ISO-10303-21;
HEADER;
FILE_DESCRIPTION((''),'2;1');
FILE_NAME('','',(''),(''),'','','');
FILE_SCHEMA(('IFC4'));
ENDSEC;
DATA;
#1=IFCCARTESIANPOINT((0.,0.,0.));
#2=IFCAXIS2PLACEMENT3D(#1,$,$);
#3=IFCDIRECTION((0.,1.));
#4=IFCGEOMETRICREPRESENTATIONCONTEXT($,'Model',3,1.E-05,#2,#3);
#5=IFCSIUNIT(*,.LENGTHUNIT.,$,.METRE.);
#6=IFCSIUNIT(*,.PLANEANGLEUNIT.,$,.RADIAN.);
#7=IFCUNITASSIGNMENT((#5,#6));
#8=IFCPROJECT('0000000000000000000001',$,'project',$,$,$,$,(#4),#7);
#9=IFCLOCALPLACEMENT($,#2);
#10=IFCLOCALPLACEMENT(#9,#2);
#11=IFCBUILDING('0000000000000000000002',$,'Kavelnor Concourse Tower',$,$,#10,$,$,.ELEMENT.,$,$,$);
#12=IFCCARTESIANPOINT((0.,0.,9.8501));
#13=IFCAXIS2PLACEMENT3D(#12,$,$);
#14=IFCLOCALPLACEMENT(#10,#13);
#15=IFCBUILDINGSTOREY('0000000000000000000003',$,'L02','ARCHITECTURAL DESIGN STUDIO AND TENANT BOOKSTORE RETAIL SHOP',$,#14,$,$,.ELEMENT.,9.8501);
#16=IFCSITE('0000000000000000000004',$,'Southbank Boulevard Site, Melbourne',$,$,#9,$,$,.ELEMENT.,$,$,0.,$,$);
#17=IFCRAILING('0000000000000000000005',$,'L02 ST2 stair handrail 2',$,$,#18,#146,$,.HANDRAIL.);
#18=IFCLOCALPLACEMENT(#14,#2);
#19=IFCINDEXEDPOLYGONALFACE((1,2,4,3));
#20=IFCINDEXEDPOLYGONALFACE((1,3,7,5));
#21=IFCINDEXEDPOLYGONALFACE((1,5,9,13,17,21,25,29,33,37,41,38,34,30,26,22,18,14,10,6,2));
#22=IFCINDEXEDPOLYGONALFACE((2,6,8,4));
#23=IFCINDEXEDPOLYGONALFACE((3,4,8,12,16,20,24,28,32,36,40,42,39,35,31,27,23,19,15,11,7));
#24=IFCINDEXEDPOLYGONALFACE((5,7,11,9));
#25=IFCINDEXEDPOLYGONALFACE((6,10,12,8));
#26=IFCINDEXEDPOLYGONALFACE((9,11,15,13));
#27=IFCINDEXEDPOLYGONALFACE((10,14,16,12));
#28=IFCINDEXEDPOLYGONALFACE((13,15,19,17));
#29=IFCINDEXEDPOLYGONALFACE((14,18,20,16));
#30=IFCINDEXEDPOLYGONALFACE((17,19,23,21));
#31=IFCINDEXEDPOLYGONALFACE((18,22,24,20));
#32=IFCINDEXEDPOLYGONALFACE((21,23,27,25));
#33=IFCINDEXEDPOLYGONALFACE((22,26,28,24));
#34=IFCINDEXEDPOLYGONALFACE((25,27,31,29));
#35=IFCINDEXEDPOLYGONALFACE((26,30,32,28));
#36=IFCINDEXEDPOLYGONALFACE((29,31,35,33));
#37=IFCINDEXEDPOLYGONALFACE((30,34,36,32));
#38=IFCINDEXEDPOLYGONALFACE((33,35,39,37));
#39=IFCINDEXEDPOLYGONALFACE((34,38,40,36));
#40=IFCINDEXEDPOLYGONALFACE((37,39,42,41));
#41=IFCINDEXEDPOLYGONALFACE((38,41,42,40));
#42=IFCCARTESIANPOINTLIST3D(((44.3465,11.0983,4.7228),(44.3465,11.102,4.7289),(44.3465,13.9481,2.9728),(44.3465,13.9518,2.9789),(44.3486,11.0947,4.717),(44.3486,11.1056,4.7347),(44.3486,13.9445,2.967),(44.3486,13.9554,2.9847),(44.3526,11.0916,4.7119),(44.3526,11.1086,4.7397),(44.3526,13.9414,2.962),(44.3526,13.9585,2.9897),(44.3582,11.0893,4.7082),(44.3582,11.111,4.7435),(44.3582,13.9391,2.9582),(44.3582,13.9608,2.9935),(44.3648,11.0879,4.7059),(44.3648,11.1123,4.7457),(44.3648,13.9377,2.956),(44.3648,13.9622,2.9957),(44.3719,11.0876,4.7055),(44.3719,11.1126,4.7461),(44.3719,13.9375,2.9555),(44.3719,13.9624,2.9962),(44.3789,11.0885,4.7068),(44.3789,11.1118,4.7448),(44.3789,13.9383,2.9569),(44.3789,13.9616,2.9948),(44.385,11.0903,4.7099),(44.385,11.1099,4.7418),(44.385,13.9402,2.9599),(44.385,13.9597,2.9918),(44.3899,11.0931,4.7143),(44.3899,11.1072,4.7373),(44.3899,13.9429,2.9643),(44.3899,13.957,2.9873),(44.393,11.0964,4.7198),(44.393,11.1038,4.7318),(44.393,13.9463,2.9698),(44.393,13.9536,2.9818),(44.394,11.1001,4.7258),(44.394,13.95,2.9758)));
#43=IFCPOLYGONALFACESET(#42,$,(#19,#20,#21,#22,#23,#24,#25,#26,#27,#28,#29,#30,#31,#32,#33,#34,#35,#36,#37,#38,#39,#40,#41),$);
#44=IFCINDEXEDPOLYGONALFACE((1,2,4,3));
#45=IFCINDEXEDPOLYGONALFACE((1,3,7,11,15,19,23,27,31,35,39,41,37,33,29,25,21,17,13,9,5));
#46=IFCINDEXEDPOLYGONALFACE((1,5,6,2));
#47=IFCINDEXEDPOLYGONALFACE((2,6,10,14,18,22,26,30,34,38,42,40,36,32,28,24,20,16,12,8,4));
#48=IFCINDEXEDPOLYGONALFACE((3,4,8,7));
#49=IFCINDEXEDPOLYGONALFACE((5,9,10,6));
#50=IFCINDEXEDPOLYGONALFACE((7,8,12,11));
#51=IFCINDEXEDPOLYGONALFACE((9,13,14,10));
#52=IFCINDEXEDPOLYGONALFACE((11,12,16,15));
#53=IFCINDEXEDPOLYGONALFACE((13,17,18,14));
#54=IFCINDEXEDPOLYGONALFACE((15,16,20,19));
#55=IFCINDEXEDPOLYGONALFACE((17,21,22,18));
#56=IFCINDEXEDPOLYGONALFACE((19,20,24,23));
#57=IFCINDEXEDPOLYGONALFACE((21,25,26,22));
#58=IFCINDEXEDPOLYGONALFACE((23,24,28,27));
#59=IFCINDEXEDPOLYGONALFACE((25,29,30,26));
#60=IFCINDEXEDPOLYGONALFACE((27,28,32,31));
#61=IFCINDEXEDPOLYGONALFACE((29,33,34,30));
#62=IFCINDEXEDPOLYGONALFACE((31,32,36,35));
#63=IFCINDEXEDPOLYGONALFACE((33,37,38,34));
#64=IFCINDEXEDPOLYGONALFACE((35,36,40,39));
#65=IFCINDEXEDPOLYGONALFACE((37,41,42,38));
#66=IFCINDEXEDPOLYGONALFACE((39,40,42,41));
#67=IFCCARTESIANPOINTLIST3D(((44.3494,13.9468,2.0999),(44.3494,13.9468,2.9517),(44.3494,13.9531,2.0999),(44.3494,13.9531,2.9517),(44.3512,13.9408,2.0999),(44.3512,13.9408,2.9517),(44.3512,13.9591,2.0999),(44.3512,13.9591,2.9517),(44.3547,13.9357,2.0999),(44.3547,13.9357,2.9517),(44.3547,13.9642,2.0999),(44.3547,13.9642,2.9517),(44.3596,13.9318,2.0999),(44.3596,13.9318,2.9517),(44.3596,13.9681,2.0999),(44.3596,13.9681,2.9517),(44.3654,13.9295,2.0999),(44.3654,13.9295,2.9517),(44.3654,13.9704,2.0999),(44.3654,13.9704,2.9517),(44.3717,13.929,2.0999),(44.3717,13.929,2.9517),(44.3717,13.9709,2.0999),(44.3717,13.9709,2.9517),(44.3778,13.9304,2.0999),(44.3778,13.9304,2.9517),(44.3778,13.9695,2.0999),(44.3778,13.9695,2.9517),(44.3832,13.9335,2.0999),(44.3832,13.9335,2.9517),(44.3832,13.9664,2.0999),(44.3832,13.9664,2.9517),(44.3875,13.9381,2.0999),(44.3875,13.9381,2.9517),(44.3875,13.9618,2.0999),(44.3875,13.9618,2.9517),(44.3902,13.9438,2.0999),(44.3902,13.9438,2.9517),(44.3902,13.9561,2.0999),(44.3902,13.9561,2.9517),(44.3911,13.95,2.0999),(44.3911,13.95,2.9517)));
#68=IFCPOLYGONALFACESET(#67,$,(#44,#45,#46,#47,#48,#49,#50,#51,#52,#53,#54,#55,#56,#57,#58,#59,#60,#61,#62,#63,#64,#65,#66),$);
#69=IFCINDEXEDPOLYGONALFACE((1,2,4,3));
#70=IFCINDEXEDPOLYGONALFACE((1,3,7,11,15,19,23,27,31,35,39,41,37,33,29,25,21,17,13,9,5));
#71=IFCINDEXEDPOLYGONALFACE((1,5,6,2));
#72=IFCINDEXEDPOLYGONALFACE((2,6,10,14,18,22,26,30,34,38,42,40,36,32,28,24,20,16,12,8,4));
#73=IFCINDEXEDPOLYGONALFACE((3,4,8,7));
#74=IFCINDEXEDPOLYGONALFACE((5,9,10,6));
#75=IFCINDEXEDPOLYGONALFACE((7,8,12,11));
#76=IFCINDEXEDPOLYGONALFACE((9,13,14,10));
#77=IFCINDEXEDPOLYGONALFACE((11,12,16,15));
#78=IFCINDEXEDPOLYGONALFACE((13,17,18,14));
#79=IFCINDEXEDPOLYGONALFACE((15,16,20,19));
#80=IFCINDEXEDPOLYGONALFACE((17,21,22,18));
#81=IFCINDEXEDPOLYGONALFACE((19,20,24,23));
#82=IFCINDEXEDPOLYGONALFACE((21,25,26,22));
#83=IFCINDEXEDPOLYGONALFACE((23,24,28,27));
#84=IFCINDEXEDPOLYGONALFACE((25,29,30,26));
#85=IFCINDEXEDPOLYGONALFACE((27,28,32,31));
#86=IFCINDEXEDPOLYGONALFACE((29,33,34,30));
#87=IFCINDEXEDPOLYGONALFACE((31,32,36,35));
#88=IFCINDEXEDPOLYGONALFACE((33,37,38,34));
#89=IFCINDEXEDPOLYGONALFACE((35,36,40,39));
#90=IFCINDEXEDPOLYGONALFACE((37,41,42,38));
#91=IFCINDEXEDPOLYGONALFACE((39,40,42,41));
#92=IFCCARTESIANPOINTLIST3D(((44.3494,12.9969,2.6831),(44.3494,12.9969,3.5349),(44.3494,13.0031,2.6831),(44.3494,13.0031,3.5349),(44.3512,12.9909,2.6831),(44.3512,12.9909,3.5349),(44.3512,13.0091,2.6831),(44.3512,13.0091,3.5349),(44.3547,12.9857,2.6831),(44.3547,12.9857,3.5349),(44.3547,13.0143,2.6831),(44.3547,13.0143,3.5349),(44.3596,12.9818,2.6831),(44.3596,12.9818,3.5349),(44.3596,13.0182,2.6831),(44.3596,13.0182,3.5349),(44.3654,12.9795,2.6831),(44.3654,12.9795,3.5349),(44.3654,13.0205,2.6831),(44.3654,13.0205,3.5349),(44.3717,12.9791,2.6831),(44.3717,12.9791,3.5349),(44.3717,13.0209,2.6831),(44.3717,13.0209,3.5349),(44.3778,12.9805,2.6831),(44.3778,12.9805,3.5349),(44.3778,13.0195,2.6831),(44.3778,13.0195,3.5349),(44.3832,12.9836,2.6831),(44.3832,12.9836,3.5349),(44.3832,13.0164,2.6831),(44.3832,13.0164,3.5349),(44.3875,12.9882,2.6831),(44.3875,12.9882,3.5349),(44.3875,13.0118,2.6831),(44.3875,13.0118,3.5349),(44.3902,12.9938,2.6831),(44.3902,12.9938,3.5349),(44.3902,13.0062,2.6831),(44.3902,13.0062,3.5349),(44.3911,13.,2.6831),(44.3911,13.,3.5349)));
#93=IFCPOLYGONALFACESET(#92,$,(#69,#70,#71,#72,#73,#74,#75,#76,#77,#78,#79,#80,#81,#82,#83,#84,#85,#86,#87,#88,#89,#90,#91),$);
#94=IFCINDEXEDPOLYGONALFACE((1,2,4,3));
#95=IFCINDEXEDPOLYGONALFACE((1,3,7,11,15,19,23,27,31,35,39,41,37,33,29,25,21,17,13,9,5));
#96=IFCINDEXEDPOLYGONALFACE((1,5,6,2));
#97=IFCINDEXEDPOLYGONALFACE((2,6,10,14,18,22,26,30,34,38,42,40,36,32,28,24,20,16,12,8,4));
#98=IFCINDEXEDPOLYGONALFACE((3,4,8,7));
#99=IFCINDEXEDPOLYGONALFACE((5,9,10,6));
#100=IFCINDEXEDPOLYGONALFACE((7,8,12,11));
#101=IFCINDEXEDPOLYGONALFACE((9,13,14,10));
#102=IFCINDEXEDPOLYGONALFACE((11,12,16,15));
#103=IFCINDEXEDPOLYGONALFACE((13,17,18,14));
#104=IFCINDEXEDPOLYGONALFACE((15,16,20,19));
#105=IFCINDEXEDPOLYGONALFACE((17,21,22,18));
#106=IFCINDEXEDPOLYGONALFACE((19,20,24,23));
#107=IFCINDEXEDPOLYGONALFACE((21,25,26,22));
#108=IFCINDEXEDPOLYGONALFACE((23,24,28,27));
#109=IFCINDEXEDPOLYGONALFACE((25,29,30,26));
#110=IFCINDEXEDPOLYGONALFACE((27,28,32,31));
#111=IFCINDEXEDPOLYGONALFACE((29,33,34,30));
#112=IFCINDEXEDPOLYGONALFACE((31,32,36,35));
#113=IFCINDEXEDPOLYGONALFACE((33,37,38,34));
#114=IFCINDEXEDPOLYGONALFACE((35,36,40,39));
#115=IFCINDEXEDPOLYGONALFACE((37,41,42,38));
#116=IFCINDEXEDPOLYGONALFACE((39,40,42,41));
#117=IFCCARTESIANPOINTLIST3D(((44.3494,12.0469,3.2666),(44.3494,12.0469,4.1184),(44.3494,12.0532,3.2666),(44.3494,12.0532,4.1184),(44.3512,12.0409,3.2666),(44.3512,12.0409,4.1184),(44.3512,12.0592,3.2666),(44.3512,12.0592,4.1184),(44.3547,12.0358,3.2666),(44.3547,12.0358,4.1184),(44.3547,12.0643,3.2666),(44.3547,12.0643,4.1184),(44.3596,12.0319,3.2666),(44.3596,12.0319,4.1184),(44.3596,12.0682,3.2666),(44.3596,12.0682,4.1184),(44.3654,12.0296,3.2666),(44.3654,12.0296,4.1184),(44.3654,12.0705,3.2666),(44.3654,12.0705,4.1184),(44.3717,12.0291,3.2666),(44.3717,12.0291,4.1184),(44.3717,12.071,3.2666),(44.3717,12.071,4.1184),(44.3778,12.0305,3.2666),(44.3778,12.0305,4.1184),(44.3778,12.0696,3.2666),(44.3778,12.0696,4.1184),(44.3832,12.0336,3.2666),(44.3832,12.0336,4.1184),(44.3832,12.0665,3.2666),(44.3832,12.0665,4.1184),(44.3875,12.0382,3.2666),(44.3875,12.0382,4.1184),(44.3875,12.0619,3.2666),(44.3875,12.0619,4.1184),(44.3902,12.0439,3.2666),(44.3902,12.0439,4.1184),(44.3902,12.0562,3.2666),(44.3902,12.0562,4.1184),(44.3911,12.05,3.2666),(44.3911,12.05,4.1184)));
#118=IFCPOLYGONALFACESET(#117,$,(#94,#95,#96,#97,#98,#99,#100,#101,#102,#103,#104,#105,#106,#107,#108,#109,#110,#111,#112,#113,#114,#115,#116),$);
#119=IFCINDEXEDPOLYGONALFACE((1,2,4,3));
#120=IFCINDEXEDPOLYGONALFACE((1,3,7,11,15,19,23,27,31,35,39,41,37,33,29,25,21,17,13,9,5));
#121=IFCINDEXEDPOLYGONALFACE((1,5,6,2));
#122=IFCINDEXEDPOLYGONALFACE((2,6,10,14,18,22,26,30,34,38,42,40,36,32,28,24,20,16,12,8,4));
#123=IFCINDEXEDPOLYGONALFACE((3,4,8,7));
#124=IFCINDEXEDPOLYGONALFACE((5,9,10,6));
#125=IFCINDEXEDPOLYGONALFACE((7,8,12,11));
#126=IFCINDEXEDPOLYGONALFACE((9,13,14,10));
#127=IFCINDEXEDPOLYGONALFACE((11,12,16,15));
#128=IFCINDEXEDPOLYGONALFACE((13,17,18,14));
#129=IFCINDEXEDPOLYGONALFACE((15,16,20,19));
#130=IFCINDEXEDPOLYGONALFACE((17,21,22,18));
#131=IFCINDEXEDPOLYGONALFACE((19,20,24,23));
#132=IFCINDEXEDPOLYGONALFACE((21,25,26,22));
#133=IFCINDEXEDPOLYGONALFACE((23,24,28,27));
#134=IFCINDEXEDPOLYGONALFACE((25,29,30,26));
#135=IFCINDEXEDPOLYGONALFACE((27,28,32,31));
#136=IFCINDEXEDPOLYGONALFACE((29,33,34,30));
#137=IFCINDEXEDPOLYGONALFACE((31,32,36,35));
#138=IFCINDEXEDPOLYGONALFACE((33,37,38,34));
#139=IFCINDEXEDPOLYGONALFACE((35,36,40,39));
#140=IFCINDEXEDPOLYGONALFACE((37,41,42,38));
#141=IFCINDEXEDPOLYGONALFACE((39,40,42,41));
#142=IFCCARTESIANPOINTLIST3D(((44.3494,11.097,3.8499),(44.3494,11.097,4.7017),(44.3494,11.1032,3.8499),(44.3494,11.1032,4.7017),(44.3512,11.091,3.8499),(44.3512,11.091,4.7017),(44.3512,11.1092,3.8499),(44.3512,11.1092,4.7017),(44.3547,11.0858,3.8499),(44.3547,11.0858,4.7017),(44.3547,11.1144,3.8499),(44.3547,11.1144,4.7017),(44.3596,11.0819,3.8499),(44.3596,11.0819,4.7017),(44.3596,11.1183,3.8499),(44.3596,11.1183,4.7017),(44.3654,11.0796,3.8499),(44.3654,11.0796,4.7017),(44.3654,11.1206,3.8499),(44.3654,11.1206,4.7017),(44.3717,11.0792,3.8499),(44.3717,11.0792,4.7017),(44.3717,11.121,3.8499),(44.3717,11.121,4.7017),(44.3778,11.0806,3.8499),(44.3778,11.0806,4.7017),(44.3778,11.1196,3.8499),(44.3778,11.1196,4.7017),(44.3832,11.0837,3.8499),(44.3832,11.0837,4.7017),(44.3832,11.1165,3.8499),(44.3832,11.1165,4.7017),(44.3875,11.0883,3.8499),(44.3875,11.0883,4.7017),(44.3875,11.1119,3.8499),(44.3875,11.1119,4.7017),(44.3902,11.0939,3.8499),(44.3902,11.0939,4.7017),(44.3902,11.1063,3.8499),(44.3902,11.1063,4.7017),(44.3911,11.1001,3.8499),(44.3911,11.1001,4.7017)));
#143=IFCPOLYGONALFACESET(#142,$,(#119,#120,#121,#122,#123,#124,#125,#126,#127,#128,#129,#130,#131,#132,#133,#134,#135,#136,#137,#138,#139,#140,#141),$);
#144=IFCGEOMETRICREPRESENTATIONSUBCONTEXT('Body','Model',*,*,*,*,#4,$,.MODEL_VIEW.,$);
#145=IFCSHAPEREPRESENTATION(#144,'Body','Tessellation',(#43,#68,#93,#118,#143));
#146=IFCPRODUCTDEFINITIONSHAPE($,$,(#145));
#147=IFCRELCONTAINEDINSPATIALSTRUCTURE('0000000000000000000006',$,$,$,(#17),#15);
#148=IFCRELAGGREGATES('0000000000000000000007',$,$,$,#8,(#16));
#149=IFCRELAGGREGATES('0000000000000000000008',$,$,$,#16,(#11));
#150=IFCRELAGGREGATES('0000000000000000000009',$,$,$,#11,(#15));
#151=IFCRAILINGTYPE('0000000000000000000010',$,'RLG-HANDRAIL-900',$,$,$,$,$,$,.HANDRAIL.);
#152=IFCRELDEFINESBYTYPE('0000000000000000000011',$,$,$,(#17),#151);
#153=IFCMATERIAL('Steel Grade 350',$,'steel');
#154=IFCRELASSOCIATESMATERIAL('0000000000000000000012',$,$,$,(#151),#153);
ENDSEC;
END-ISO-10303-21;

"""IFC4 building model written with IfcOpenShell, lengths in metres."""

from ifc_helpers import new_model, si_unit, direction, frame, origin, origin_2d, place, context, subcontext, project, spatial, circle, extrude, material, type_object, element, save


model = new_model("IFC4")

# Units and contexts
model_context = context("Model", 3, precision=1e-05, world=origin(), true_north=direction((0.0, 1.0)))
body_context = subcontext(model_context, "Body", "Model", "MODEL_VIEW")
ifc_project = project(units=[si_unit("LENGTHUNIT", "METRE"), si_unit("PLANEANGLEUNIT", "RADIAN")], contexts=[model_context])

# Site, building, storey
site_placement = place(None, origin())
site = spatial("IfcSite", under=ifc_project, at=site_placement, Name="Southbank Boulevard Site, Melbourne", CompositionType="ELEMENT", RefElevation=0.0)
building_placement = place(site_placement, origin())
building = spatial("IfcBuilding", under=site, at=building_placement, Name="Kavelnor Concourse Tower", CompositionType="ELEMENT")
storey_placement = place(building_placement, frame((0.0, 0.0, 9.8501)))
storey = spatial("IfcBuildingStorey", under=building, at=storey_placement, Name="L02", Description="ARCHITECTURAL DESIGN STUDIO AND TENANT BOOKSTORE RETAIL SHOP", CompositionType="ELEMENT", Elevation=9.8501)

# Shared definitions
ifc_material_1 = material(Name="Steel Grade 350", Category="steel")

# Railing
railing_type_1 = type_object("IfcRailingType", Name="RLG-HANDRAIL-900", PredefinedType="HANDRAIL", material=ifc_material_1)
railing_1_placement = place(storey_placement, frame((44.3701, 13.95, 2.0999)))
element("IfcRailing", 1, at=railing_1_placement, inside=storey, type_object=railing_type_1, Name="L02 ST2 stair handrail 2", PredefinedType="HANDRAIL", context=body_context, shape_type="SweptSolid", body=[
    extrude(circle(Radius=0.0239, at=origin_2d()), frame((0.0, 0.0, 0.876), z_axis=(0.0, -0.852159, 0.523283), x_axis=(1.0, 0.0, 0.0)), (0.0, 0.0, 1.0), 3.3442),
    extrude(circle(Radius=0.021, at=origin_2d()), origin(), (0.0, 0.0, 1.0), 0.8518),
    extrude(circle(Radius=0.021, at=origin_2d()), frame((0.0, -0.95, 0.5833)), (0.0, 0.0, 1.0), 0.8518),
    extrude(circle(Radius=0.021, at=origin_2d()), frame((0.0, -1.8999, 1.1667)), (0.0, 0.0, 1.0), 0.8518),
    extrude(circle(Radius=0.021, at=origin_2d()), frame((0.0, -2.8499, 1.75)), (0.0, 0.0, 1.0), 0.8518),
])

save(model, "model.ifc")
